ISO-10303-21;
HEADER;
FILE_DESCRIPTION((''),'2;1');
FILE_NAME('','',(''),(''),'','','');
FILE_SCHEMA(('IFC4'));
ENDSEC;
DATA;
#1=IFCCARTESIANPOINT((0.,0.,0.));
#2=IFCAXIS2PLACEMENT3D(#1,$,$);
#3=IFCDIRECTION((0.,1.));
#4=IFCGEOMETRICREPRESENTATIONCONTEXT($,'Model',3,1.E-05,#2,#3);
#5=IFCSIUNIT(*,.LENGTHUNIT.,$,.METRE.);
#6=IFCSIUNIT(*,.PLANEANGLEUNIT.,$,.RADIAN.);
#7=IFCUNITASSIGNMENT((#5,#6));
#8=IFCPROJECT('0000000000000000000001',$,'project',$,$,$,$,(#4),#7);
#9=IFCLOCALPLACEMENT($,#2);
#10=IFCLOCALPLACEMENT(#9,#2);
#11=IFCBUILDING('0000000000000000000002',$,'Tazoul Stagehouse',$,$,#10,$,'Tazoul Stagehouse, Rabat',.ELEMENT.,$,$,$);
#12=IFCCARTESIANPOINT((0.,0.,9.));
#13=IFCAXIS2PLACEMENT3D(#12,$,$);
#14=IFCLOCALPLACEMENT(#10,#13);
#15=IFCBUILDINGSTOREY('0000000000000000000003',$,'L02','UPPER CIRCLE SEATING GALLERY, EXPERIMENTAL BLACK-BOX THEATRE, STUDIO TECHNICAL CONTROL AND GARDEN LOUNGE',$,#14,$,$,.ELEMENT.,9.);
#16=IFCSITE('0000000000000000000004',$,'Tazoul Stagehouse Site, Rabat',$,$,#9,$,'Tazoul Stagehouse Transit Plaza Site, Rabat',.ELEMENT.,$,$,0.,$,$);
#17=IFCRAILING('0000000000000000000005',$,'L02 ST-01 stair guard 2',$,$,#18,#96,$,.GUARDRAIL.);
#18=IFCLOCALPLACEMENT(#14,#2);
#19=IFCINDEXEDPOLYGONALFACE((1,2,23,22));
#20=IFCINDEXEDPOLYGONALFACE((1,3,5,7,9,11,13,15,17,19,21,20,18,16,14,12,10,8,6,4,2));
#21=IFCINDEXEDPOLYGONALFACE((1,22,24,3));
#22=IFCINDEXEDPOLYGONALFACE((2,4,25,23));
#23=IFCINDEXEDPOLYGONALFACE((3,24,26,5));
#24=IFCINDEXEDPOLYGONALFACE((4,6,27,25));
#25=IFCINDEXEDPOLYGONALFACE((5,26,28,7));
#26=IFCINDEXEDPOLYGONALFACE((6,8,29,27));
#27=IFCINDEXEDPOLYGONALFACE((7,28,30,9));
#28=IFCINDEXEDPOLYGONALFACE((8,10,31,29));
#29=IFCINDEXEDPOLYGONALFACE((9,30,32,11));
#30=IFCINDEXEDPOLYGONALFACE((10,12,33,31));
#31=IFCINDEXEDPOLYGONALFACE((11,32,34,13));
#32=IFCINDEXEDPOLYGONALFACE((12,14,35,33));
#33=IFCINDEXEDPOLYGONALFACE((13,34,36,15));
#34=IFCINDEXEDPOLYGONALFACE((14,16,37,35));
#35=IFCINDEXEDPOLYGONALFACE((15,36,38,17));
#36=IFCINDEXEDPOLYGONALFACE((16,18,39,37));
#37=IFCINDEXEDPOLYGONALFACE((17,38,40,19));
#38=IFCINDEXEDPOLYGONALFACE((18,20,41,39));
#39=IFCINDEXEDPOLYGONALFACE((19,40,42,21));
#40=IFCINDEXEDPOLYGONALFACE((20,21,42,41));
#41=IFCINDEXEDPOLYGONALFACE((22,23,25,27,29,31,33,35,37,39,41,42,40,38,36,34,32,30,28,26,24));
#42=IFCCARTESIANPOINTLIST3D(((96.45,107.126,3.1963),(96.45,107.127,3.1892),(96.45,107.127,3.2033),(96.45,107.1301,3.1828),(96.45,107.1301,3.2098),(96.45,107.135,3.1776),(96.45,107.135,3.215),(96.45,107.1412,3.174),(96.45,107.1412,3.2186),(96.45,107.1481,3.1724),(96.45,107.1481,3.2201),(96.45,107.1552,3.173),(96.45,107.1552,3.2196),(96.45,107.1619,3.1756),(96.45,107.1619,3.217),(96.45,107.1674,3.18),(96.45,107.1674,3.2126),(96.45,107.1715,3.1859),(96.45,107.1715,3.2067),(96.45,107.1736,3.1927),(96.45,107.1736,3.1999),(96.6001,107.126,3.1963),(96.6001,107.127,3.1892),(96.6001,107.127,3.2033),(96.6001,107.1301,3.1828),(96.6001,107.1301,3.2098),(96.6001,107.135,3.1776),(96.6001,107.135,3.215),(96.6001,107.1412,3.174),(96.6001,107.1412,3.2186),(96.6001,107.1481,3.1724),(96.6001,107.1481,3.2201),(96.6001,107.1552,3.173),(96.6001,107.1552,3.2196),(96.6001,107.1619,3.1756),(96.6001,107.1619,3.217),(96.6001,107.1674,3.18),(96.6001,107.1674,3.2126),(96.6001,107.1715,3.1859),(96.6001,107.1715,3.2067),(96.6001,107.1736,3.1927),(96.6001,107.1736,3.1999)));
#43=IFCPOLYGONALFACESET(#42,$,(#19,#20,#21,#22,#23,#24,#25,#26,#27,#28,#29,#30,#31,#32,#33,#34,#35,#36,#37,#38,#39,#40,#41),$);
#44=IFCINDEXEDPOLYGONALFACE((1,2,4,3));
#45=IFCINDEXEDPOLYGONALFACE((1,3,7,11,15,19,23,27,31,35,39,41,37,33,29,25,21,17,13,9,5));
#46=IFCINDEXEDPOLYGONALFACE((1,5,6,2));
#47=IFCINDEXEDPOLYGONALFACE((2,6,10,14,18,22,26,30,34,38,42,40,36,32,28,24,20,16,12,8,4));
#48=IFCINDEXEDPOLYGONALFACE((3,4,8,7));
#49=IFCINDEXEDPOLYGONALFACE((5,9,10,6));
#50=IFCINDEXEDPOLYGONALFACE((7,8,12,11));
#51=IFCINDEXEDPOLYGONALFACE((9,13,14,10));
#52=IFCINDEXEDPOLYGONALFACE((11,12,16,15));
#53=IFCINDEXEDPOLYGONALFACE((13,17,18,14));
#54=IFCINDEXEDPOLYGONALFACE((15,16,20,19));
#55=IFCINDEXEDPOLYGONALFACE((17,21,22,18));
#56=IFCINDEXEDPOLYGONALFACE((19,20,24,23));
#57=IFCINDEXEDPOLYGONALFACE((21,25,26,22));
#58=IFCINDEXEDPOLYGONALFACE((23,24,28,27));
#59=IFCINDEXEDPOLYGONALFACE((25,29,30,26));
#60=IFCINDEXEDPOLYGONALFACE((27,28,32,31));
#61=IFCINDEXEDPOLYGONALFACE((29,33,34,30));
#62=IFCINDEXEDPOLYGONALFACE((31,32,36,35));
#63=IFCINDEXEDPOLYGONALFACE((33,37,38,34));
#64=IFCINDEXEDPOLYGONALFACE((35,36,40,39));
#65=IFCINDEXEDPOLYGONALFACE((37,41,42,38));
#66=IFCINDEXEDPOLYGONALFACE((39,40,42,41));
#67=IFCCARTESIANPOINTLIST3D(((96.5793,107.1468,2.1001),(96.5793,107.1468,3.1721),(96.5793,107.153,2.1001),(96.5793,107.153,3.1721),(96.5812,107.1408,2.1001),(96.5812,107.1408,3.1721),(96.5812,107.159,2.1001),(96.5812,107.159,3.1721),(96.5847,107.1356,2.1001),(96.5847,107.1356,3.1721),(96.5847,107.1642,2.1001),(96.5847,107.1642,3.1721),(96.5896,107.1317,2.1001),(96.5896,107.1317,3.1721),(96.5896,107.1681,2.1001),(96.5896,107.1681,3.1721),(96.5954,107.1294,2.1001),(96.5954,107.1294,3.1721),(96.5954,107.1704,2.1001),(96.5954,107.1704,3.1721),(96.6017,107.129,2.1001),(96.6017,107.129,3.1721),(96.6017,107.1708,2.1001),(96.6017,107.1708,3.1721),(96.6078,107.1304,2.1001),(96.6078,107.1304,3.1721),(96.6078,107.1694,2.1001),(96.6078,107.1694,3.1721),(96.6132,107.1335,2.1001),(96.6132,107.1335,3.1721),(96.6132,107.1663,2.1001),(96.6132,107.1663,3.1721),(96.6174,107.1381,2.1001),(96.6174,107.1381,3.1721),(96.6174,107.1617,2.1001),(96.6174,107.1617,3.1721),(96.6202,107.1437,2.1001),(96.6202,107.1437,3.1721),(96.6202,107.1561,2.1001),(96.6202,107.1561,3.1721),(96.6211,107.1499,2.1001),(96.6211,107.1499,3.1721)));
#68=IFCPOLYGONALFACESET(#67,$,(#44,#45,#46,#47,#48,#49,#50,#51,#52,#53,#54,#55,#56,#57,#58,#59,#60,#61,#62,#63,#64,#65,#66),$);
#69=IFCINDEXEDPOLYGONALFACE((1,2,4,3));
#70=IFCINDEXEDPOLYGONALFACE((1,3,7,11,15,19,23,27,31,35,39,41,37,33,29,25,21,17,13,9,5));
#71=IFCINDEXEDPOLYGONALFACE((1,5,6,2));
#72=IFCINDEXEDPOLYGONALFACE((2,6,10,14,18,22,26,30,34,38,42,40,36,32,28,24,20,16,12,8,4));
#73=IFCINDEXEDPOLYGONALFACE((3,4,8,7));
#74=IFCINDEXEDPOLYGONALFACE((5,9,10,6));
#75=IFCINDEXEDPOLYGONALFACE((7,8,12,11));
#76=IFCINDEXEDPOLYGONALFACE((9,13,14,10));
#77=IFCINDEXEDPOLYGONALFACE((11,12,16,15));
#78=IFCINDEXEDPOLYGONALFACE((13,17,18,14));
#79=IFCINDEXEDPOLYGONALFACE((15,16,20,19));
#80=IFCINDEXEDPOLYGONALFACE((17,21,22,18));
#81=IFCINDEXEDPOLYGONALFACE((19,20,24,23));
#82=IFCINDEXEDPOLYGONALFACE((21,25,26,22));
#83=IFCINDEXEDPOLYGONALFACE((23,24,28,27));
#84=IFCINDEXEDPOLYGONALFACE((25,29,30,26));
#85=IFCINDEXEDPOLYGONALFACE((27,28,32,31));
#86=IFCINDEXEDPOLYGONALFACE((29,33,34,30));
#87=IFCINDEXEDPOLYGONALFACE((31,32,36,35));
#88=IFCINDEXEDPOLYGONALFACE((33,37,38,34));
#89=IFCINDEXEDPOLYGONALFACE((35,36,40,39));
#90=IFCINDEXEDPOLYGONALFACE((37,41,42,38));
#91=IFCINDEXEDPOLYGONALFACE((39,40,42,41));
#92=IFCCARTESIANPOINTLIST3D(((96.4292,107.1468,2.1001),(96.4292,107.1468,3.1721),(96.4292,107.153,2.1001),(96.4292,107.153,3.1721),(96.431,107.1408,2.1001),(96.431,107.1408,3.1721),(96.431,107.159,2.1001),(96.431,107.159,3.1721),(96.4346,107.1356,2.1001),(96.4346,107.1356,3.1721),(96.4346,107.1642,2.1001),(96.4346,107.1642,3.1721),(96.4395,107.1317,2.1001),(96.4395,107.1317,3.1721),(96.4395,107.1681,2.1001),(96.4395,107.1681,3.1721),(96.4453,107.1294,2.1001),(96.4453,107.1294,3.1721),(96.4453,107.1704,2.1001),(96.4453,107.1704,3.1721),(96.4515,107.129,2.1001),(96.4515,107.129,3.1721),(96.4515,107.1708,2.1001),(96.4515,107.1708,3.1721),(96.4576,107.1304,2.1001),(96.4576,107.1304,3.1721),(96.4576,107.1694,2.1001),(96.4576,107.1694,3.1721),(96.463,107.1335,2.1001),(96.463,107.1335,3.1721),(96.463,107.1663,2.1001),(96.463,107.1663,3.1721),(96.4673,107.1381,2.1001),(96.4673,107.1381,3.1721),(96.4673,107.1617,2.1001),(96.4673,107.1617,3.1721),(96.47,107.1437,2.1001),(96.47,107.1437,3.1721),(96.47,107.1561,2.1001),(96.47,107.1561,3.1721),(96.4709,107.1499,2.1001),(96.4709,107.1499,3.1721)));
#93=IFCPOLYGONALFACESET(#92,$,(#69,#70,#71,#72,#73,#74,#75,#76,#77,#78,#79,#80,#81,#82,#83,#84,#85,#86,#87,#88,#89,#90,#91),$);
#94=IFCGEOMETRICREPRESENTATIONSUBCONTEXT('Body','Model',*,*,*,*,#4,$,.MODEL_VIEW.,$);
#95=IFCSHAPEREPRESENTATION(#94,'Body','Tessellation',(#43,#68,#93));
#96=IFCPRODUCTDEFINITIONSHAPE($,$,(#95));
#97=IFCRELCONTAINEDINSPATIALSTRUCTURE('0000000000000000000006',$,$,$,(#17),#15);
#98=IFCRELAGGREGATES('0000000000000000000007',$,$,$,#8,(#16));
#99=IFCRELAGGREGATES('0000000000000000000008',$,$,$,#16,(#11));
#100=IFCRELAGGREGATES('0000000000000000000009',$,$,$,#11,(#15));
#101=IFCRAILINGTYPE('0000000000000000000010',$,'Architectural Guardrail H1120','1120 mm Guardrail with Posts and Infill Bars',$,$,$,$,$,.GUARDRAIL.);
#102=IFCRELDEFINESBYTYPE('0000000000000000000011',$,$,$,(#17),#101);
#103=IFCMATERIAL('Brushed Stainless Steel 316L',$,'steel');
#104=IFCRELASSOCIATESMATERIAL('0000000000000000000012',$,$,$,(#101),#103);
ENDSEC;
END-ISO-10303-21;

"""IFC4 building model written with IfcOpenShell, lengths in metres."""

from ifc_helpers import new_model, si_unit, direction, frame, origin, origin_2d, place, context, subcontext, project, spatial, circle, extrude, material, material_profile, profile_set, type_object, element, save


model = new_model("IFC4")

# Units and contexts
model_context = context("Model", 3, precision=1e-05, world=origin(), true_north=direction((0.0, 1.0)))
body_context = subcontext(model_context, "Body", "Model", "MODEL_VIEW")
ifc_project = project(units=[si_unit("LENGTHUNIT", "METRE"), si_unit("PLANEANGLEUNIT", "RADIAN")], contexts=[model_context])

# Site, building, storey
site_placement = place(None, origin())
site = spatial("IfcSite", under=ifc_project, at=site_placement, Name="Tazoul Stagehouse Site, Rabat", LongName="Tazoul Stagehouse Transit Plaza Site, Rabat", CompositionType="ELEMENT", RefElevation=0.0)
building_placement = place(site_placement, origin())
building = spatial("IfcBuilding", under=site, at=building_placement, Name="Tazoul Stagehouse", LongName="Tazoul Stagehouse, Rabat", CompositionType="ELEMENT")
storey_placement = place(building_placement, frame((0.0, 0.0, 9.0)))
storey = spatial("IfcBuildingStorey", under=building, at=storey_placement, Name="L02", Description="UPPER CIRCLE SEATING GALLERY, EXPERIMENTAL BLACK-BOX THEATRE, STUDIO TECHNICAL CONTROL AND GARDEN LOUNGE", CompositionType="ELEMENT", Elevation=9.0)

# Railing
ifc_material_1 = material(Name="Brushed Stainless Steel 316L", Category="steel")
ifc_material_profile_1 = material_profile(ifc_material_1, circle(Radius=0.0239, at=origin_2d()), Name="SS RAIL D48")
ifc_profile_set_1 = profile_set([ifc_material_profile_1], Name="Brushed Stainless Steel 316L")
railing_type = type_object("IfcRailingType", Name="Architectural Guardrail H1120", Description="1120 mm Guardrail with Posts and Infill Bars", PredefinedType="GUARDRAIL", material=ifc_profile_set_1)
railing_1_placement = place(storey_placement, frame((96.6001, 107.1499, 2.1001)))
element("IfcRailing", 1, at=railing_1_placement, inside=storey, type_object=railing_type, Name="L02 ST-01 stair guard 2", PredefinedType="GUARDRAIL", context=body_context, shape_type="SweptSolid", body=[
    extrude(circle(Radius=0.0239, at=origin_2d()), frame((0.0, 0.0, 1.0962), z_axis=(-1.0, 0.0, 0.0), x_axis=(0.0, -1.0, 0.0)), (0.0, 0.0, 1.0), 0.1501),
    extrude(circle(Radius=0.021, at=origin_2d()), origin(), (0.0, 0.0, 1.0), 1.072),
    extrude(circle(Radius=0.021, at=origin_2d()), frame((-0.1501, 0.0, 0.0)), (0.0, 0.0, 1.0), 1.072),
])

save(model, "model.ifc")
